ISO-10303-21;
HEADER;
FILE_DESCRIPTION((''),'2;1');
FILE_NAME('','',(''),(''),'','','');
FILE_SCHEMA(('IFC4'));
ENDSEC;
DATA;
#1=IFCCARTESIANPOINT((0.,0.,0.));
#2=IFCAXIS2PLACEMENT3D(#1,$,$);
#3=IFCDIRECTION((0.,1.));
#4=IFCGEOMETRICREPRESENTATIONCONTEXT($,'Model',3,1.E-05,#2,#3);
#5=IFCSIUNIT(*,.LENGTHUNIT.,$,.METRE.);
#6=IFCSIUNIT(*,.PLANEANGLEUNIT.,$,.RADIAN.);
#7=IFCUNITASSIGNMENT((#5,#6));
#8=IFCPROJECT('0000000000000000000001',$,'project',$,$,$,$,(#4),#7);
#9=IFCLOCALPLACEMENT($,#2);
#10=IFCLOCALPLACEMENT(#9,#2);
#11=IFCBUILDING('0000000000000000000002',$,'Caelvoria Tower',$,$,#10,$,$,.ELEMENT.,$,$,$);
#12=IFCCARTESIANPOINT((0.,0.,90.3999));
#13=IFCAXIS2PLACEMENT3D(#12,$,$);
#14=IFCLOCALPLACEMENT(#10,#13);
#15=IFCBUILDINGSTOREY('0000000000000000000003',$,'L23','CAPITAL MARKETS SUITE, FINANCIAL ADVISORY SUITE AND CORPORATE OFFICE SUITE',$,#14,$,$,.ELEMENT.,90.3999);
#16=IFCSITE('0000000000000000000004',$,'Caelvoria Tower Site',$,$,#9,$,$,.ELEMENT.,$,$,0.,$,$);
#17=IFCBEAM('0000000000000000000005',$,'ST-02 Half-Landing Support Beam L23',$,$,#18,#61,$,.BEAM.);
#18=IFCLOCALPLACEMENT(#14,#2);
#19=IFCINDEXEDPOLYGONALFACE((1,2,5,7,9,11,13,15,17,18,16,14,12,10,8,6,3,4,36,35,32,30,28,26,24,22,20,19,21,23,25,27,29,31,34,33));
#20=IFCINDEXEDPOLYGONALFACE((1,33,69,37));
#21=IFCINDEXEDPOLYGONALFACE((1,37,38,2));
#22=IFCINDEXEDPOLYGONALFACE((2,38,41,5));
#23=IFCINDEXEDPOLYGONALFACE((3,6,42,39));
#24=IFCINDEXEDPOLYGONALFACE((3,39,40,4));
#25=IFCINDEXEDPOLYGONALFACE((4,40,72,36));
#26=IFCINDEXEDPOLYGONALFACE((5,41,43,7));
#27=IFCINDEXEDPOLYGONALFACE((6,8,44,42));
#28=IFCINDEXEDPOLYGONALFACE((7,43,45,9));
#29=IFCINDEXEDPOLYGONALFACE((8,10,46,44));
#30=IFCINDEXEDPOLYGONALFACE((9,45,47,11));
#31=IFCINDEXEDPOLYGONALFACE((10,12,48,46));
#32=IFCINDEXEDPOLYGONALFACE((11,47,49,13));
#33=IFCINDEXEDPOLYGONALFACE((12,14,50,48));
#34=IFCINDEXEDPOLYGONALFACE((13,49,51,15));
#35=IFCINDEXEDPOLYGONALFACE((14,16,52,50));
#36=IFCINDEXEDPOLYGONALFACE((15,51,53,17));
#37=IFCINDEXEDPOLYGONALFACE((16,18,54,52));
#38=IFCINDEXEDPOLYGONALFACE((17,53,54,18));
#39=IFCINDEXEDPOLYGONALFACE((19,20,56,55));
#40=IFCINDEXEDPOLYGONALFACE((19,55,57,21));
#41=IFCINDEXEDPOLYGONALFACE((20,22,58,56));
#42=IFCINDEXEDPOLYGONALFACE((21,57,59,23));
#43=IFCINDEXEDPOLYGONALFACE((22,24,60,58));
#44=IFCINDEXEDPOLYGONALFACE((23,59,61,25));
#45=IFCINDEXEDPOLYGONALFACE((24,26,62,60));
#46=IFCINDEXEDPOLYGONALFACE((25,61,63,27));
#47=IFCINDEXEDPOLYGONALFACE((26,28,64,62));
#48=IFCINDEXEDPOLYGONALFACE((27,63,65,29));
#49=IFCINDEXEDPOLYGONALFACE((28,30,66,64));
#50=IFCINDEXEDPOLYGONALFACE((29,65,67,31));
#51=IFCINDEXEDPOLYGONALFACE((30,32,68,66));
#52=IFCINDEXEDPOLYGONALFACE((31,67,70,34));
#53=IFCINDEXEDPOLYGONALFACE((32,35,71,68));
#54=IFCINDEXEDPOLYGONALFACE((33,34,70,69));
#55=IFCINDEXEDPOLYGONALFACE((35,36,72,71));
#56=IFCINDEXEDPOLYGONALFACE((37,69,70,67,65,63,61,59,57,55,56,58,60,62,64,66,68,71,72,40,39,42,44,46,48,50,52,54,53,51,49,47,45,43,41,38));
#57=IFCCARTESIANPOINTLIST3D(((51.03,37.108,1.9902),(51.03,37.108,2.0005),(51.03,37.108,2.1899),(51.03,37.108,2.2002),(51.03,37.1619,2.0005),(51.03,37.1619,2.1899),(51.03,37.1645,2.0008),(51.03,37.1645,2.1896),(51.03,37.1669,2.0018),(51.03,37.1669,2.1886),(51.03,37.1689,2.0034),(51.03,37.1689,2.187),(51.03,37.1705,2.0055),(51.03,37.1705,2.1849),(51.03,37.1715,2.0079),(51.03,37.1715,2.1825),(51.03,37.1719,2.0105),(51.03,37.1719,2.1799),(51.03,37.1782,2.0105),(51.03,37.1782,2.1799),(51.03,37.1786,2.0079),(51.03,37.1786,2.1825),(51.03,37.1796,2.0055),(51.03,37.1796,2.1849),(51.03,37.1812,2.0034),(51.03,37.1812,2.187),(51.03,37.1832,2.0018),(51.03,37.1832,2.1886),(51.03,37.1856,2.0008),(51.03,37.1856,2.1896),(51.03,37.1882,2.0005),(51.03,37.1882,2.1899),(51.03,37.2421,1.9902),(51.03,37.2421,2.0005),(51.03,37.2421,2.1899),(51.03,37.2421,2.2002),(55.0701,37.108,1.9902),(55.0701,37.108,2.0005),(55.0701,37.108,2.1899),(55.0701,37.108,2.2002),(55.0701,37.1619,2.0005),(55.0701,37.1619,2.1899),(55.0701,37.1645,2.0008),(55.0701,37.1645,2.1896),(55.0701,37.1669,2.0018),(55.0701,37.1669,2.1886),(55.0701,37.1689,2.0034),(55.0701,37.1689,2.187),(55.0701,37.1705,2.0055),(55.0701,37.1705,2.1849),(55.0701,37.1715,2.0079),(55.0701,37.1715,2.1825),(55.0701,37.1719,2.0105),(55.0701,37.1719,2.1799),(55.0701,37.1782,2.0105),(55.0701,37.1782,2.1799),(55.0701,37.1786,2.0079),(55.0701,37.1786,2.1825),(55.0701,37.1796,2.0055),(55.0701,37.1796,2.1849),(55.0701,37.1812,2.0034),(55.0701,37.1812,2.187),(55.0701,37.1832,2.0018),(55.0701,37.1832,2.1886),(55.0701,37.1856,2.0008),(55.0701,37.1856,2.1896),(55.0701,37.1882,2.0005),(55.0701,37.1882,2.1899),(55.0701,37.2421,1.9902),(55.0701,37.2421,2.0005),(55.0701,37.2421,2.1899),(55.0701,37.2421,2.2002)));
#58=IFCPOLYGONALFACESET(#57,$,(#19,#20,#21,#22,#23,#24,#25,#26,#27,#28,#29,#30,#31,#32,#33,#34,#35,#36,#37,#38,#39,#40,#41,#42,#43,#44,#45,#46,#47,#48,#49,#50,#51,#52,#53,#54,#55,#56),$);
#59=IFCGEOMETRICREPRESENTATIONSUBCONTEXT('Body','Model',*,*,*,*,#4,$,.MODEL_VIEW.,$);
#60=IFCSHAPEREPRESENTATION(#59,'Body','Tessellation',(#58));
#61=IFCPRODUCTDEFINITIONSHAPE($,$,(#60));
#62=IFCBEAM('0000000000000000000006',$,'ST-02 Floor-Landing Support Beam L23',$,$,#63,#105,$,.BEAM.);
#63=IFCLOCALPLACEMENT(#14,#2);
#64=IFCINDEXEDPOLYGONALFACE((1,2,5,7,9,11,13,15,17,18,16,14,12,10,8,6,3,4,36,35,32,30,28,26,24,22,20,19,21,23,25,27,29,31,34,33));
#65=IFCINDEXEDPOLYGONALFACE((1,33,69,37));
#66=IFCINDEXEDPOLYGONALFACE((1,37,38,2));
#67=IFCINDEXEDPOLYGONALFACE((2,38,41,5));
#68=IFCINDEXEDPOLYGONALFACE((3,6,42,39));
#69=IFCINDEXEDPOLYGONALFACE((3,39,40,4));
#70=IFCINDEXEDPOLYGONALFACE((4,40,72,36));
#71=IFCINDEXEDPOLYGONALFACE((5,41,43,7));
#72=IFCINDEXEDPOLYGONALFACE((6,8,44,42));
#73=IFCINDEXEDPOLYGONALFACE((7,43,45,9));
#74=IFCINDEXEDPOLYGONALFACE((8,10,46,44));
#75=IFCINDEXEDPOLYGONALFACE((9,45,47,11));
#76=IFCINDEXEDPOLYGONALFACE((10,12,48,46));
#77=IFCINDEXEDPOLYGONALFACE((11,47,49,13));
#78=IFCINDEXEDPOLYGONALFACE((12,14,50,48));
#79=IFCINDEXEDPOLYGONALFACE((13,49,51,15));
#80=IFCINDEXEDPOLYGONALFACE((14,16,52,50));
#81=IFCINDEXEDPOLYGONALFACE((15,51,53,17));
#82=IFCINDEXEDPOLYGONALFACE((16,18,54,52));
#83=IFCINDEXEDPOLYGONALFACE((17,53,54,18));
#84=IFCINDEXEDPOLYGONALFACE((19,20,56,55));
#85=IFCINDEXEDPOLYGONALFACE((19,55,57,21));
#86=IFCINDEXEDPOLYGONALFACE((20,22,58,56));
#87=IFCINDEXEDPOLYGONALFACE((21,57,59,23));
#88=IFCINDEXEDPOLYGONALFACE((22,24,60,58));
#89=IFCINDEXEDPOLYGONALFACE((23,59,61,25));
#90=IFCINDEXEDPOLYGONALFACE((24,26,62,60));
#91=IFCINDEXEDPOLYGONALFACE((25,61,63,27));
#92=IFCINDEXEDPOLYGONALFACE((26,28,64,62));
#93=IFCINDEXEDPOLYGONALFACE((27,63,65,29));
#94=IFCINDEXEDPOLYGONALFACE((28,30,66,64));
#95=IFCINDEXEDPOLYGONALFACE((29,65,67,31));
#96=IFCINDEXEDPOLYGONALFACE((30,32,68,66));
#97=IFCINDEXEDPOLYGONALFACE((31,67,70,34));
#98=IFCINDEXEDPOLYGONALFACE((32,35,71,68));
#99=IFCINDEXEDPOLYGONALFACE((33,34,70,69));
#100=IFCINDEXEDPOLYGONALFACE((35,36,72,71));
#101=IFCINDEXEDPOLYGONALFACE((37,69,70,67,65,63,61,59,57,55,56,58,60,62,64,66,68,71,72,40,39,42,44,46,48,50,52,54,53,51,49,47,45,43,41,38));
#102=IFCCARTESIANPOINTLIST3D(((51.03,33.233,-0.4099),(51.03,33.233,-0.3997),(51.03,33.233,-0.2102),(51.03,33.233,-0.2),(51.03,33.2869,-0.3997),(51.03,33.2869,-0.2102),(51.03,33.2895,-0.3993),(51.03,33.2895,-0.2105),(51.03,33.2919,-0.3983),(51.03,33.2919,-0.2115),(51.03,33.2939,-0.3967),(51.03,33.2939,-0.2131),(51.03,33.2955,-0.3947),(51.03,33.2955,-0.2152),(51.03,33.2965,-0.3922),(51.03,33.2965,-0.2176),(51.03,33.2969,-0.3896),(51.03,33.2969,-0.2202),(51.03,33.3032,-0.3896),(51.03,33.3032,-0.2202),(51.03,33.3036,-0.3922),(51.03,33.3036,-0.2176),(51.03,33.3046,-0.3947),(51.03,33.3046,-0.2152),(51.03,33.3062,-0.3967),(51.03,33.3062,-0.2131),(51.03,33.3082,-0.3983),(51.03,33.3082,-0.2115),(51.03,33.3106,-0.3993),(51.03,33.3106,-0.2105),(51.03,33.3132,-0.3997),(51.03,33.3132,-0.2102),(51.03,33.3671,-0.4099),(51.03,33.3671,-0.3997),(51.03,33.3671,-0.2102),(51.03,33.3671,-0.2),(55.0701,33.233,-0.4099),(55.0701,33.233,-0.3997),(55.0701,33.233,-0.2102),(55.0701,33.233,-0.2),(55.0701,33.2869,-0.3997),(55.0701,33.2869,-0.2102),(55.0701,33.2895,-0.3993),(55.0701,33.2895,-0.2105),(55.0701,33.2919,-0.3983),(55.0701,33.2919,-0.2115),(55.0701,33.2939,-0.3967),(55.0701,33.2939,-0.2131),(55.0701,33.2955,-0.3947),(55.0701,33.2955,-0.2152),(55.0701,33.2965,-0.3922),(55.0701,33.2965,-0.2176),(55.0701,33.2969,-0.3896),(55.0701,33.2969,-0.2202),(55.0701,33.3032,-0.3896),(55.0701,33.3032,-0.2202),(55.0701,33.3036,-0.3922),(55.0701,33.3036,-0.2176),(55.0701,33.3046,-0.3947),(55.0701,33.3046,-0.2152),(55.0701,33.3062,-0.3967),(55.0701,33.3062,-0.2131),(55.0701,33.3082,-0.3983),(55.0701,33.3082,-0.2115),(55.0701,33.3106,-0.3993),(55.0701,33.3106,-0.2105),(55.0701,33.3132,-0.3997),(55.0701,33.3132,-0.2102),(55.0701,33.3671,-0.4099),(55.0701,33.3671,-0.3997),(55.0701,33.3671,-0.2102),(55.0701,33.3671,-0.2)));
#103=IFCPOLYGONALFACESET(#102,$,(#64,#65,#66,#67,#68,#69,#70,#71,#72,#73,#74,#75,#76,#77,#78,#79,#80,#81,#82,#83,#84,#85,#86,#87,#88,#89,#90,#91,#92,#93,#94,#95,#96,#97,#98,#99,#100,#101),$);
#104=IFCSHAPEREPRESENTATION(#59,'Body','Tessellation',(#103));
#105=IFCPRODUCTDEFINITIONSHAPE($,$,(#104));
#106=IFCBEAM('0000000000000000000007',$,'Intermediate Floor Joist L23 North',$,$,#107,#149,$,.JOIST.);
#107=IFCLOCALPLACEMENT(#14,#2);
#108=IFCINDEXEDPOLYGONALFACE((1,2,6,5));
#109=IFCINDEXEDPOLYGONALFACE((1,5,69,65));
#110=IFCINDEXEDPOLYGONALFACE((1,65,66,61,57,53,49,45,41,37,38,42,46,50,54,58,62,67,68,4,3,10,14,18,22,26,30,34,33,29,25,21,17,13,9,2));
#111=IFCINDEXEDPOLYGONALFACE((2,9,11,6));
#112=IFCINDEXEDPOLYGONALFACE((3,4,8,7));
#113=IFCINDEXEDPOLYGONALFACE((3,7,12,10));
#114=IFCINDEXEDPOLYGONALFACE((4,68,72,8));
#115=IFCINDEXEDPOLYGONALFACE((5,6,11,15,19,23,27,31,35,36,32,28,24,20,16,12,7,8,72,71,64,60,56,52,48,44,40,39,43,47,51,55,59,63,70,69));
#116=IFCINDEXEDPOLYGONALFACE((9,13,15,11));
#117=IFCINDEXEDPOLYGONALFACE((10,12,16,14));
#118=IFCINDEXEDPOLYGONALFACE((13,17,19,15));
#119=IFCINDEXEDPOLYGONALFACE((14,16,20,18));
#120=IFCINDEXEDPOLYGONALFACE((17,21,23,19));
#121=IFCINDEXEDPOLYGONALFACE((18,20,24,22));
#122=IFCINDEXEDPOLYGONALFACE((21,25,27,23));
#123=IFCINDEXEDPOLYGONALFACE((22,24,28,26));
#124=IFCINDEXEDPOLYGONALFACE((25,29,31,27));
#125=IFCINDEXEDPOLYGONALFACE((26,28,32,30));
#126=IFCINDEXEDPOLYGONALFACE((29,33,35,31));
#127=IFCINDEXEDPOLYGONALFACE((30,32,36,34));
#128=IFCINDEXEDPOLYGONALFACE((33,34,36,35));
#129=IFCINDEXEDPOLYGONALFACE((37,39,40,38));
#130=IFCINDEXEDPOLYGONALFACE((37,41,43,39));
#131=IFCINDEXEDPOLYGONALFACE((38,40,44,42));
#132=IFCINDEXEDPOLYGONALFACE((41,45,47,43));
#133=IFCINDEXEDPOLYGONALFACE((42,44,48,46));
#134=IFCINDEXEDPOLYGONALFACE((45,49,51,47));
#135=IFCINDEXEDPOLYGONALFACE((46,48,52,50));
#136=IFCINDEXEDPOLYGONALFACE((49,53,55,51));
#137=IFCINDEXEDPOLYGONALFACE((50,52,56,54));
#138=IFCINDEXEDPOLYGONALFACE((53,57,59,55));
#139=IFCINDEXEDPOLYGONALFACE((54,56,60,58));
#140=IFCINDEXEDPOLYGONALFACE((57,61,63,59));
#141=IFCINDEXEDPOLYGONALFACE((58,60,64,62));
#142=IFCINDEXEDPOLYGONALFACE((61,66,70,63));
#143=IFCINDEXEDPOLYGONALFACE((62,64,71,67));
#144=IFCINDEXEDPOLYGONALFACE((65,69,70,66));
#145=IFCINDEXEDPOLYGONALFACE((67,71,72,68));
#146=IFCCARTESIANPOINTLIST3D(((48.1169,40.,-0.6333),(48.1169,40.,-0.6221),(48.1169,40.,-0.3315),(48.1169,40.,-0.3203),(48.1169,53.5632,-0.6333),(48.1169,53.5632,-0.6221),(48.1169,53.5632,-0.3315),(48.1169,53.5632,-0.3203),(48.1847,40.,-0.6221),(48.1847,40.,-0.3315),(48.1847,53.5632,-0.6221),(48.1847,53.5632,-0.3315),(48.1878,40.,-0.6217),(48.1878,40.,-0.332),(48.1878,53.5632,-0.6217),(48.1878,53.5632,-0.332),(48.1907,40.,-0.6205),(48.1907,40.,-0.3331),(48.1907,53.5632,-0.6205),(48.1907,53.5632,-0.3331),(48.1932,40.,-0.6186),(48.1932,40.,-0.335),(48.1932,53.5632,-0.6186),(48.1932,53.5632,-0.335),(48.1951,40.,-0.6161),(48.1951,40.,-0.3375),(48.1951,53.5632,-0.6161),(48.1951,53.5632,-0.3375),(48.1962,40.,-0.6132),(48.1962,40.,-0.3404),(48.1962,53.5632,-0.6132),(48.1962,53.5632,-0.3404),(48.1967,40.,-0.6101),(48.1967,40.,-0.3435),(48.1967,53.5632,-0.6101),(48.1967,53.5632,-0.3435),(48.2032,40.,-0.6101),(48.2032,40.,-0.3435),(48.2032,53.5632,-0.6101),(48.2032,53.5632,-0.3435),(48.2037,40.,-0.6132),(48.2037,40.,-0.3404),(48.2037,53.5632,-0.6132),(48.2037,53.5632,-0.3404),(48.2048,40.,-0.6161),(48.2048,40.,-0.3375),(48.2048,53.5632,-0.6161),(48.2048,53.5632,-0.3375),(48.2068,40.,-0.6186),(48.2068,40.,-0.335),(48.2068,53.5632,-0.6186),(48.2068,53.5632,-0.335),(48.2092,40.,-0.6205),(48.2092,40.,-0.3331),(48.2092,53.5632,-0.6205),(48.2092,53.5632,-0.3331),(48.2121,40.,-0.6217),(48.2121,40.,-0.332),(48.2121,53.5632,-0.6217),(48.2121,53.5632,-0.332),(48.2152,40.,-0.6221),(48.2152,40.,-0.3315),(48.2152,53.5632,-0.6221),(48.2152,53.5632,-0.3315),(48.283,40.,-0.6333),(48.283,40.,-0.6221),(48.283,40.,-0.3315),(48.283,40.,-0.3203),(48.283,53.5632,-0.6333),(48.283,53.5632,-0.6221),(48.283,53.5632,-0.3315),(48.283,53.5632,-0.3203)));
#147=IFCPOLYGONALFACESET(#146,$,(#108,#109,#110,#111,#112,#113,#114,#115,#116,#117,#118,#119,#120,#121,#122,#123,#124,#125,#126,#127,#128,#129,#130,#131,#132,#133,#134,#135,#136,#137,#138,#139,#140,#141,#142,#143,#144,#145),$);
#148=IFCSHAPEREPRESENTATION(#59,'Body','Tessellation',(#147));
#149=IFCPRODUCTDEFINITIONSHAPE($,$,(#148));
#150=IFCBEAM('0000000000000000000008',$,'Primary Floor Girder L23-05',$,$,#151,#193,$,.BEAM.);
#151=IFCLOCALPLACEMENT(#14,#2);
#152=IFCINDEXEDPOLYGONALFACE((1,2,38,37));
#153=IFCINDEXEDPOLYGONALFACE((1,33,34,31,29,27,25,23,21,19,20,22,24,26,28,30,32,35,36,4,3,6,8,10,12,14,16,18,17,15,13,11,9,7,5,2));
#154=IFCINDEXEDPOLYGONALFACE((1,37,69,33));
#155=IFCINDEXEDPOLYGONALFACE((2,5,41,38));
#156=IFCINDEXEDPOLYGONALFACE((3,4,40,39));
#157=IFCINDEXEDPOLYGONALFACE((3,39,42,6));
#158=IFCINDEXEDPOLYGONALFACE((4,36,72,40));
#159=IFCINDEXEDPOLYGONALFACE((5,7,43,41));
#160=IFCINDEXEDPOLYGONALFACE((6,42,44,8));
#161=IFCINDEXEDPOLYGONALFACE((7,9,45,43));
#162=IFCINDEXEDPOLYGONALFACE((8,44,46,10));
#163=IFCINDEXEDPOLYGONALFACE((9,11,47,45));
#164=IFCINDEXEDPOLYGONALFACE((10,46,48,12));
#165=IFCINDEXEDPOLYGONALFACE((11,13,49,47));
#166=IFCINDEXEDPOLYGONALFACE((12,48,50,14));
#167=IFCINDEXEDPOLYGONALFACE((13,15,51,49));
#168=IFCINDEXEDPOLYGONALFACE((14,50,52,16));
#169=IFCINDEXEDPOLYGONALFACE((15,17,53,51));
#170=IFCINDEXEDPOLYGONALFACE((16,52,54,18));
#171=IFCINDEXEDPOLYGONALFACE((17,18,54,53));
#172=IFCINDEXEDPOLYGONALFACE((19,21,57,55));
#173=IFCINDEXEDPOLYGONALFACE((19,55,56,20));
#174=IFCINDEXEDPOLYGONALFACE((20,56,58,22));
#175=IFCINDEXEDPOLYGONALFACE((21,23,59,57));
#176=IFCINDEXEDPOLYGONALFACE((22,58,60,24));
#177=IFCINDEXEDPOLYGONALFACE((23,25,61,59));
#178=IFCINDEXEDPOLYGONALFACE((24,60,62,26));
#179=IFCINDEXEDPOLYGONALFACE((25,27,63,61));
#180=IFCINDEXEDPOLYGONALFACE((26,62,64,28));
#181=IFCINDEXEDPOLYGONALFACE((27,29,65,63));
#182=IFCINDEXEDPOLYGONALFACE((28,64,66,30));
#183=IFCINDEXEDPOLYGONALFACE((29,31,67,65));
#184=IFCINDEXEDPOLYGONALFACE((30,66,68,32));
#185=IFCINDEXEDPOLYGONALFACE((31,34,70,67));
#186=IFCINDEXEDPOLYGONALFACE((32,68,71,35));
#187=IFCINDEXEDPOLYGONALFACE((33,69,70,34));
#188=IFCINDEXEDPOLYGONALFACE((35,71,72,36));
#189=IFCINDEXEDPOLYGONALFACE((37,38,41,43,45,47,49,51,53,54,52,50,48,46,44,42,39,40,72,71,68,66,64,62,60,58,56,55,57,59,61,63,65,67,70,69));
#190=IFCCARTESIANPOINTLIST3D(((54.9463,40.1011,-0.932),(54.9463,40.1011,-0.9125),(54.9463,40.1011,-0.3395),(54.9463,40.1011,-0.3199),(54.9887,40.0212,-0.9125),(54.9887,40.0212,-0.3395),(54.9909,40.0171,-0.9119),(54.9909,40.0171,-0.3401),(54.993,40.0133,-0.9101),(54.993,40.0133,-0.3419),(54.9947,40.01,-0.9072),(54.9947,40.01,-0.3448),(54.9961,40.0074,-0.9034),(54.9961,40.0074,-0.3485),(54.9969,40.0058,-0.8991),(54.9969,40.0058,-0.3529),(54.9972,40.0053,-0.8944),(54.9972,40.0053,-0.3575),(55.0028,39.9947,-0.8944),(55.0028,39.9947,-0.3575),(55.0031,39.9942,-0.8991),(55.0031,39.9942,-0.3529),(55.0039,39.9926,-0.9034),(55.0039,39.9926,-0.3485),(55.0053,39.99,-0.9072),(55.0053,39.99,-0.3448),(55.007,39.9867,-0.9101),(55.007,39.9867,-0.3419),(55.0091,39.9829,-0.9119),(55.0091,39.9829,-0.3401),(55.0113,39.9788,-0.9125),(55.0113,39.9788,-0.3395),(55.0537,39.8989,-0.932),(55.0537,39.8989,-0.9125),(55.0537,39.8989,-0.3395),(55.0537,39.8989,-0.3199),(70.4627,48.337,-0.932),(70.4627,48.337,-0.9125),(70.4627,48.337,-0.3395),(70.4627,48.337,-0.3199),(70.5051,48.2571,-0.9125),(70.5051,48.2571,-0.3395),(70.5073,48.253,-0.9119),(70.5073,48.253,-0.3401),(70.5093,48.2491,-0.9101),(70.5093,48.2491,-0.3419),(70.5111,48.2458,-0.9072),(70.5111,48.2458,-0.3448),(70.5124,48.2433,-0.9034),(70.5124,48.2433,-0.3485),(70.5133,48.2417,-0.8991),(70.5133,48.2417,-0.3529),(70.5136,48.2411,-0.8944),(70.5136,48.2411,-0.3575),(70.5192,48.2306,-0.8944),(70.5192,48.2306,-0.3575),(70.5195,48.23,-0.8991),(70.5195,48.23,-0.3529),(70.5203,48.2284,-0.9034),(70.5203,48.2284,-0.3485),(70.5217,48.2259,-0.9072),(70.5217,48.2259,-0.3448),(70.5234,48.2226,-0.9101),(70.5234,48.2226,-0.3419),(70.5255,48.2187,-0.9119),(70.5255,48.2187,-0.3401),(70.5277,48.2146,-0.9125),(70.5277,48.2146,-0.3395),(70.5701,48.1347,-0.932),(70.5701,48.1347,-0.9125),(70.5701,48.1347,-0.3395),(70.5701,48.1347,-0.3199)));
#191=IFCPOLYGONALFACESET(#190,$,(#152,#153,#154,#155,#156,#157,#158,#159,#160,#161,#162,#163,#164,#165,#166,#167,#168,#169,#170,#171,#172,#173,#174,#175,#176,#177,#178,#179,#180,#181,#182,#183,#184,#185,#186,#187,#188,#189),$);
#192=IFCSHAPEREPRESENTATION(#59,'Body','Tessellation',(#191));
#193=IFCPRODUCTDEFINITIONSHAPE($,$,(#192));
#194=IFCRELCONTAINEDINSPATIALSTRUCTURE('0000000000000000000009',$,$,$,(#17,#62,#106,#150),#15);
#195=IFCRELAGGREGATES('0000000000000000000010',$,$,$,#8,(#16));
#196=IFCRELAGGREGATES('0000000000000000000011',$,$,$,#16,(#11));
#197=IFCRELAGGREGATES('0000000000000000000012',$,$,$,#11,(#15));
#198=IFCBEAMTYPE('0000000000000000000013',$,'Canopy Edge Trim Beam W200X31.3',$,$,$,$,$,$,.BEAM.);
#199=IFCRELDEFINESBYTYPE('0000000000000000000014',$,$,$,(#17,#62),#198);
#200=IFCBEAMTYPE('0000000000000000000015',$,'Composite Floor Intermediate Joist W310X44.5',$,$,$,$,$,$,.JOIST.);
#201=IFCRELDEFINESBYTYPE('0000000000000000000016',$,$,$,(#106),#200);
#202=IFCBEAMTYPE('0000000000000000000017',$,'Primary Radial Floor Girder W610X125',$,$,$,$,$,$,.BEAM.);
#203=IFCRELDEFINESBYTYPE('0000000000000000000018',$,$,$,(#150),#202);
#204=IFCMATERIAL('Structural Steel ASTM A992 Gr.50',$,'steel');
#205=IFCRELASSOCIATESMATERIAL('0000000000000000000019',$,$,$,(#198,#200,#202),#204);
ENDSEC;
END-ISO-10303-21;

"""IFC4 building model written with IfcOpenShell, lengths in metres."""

from ifc_helpers import new_model, si_unit, direction, frame, origin, origin_2d, place, context, subcontext, project, spatial, i_section, extrude, material, material_profile, profile_set, type_object, element, save


model = new_model("IFC4")

# Units and contexts
model_context = context("Model", 3, precision=1e-05, world=origin(), true_north=direction((0.0, 1.0)))
body_context = subcontext(model_context, "Body", "Model", "MODEL_VIEW")
ifc_project = project(units=[si_unit("LENGTHUNIT", "METRE"), si_unit("PLANEANGLEUNIT", "RADIAN")], contexts=[model_context])

# Site, building, storey
site_placement = place(None, origin())
site = spatial("IfcSite", under=ifc_project, at=site_placement, Name="Caelvoria Tower Site", CompositionType="ELEMENT", RefElevation=0.0)
building_placement = place(site_placement, origin())
building = spatial("IfcBuilding", under=site, at=building_placement, Name="Caelvoria Tower", CompositionType="ELEMENT")
storey_placement = place(building_placement, frame((0.0, 0.0, 90.3999)))
storey = spatial("IfcBuildingStorey", under=building, at=storey_placement, Name="L23", Description="CAPITAL MARKETS SUITE, FINANCIAL ADVISORY SUITE AND CORPORATE OFFICE SUITE", CompositionType="ELEMENT", Elevation=90.3999)

# Beams
ifc_material_1 = material(Name="Structural Steel ASTM A992 Gr.50", Category="steel")
ifc_material_profile_1 = material_profile(ifc_material_1, i_section(OverallWidth=0.134, OverallDepth=0.21, WebThickness=0.0063, FlangeThickness=0.0103, FilletRadius=0.01, at=origin_2d()), Name="Structural Steel ASTM A992 Gr.50")
ifc_profile_set_1 = profile_set([ifc_material_profile_1], Name="W200X31.3 - Structural Steel ASTM A992 Gr.50")
beam_type_1 = type_object("IfcBeamType", Name="Canopy Edge Trim Beam W200X31.3", PredefinedType="BEAM", material=ifc_profile_set_1)
for number, where, z_axis, x_axis, name in (
    (1, (51.03, 37.175, 2.0952), (1.0, 0.0, 0.0), (0.0, 1.0, 0.0), "ST-02 Half-Landing Support Beam L23"),
    (2, (51.03, 33.3, -0.3049), (1.0, 0.0, 0.0), (0.0, 1.0, 0.0), "ST-02 Floor-Landing Support Beam L23"),
):
    element("IfcBeam", number, at=place(storey_placement, frame(where, z_axis=z_axis, x_axis=x_axis)), inside=storey, type_object=beam_type_1, Name=name, PredefinedType="BEAM", context=body_context, shape_type="SweptSolid", body=[
        extrude(i_section(OverallWidth=0.134, OverallDepth=0.21, WebThickness=0.0063, FlangeThickness=0.0103, FilletRadius=0.01, at=origin_2d()), origin(), (0.0, 0.0, 1.0), 4.04),
    ])
ifc_material_profile_2 = material_profile(ifc_material_1, i_section(OverallWidth=0.166, OverallDepth=0.313, WebThickness=0.0066, FlangeThickness=0.0112, FilletRadius=0.012, at=origin_2d()), Name="Structural Steel ASTM A992 Gr.50")
ifc_profile_set_2 = profile_set([ifc_material_profile_2], Name="W310X44.5 - Structural Steel ASTM A992 Gr.50")
beam_type_2 = type_object("IfcBeamType", Name="Composite Floor Intermediate Joist W310X44.5", PredefinedType="JOIST", material=ifc_profile_set_2)
beam_1_placement = place(storey_placement, frame((48.2, 40.0, -0.4768), z_axis=(0.0, 1.0, 0.0), x_axis=(-1.0, 0.0, 0.0)))
element("IfcBeam", 3, at=beam_1_placement, inside=storey, type_object=beam_type_2, Name="Intermediate Floor Joist L23 North", PredefinedType="JOIST", context=body_context, shape_type="SweptSolid", body=[
    extrude(i_section(OverallWidth=0.166, OverallDepth=0.313, WebThickness=0.0066, FlangeThickness=0.0112, FilletRadius=0.012, at=origin_2d()), origin(), (0.0, 0.0, 1.0), 13.5632),
])
ifc_material_profile_3 = material_profile(ifc_material_1, i_section(OverallWidth=0.229, OverallDepth=0.6121, WebThickness=0.012, FlangeThickness=0.0195, FilletRadius=0.0181, at=origin_2d()), Name="Structural Steel ASTM A992 Gr.50")
ifc_profile_set_3 = profile_set([ifc_material_profile_3], Name="W610X125 - Structural Steel ASTM A992 Gr.50")
beam_type_3 = type_object("IfcBeamType", Name="Primary Radial Floor Girder W610X125", PredefinedType="BEAM", material=ifc_profile_set_3)
beam_2_placement = place(storey_placement, frame((55.0, 40.0, -0.626), z_axis=(0.883286, 0.468834, 0.0), x_axis=(-0.468834, 0.883286, 0.0)))
element("IfcBeam", 4, at=beam_2_placement, inside=storey, type_object=beam_type_3, Name="Primary Floor Girder L23-05", PredefinedType="BEAM", context=body_context, shape_type="SweptSolid", body=[
    extrude(i_section(OverallWidth=0.229, OverallDepth=0.6121, WebThickness=0.012, FlangeThickness=0.0195, FilletRadius=0.0181, at=origin_2d()), origin(), (0.0, 0.0, 1.0), 17.5667),
])

save(model, "model.ifc")
